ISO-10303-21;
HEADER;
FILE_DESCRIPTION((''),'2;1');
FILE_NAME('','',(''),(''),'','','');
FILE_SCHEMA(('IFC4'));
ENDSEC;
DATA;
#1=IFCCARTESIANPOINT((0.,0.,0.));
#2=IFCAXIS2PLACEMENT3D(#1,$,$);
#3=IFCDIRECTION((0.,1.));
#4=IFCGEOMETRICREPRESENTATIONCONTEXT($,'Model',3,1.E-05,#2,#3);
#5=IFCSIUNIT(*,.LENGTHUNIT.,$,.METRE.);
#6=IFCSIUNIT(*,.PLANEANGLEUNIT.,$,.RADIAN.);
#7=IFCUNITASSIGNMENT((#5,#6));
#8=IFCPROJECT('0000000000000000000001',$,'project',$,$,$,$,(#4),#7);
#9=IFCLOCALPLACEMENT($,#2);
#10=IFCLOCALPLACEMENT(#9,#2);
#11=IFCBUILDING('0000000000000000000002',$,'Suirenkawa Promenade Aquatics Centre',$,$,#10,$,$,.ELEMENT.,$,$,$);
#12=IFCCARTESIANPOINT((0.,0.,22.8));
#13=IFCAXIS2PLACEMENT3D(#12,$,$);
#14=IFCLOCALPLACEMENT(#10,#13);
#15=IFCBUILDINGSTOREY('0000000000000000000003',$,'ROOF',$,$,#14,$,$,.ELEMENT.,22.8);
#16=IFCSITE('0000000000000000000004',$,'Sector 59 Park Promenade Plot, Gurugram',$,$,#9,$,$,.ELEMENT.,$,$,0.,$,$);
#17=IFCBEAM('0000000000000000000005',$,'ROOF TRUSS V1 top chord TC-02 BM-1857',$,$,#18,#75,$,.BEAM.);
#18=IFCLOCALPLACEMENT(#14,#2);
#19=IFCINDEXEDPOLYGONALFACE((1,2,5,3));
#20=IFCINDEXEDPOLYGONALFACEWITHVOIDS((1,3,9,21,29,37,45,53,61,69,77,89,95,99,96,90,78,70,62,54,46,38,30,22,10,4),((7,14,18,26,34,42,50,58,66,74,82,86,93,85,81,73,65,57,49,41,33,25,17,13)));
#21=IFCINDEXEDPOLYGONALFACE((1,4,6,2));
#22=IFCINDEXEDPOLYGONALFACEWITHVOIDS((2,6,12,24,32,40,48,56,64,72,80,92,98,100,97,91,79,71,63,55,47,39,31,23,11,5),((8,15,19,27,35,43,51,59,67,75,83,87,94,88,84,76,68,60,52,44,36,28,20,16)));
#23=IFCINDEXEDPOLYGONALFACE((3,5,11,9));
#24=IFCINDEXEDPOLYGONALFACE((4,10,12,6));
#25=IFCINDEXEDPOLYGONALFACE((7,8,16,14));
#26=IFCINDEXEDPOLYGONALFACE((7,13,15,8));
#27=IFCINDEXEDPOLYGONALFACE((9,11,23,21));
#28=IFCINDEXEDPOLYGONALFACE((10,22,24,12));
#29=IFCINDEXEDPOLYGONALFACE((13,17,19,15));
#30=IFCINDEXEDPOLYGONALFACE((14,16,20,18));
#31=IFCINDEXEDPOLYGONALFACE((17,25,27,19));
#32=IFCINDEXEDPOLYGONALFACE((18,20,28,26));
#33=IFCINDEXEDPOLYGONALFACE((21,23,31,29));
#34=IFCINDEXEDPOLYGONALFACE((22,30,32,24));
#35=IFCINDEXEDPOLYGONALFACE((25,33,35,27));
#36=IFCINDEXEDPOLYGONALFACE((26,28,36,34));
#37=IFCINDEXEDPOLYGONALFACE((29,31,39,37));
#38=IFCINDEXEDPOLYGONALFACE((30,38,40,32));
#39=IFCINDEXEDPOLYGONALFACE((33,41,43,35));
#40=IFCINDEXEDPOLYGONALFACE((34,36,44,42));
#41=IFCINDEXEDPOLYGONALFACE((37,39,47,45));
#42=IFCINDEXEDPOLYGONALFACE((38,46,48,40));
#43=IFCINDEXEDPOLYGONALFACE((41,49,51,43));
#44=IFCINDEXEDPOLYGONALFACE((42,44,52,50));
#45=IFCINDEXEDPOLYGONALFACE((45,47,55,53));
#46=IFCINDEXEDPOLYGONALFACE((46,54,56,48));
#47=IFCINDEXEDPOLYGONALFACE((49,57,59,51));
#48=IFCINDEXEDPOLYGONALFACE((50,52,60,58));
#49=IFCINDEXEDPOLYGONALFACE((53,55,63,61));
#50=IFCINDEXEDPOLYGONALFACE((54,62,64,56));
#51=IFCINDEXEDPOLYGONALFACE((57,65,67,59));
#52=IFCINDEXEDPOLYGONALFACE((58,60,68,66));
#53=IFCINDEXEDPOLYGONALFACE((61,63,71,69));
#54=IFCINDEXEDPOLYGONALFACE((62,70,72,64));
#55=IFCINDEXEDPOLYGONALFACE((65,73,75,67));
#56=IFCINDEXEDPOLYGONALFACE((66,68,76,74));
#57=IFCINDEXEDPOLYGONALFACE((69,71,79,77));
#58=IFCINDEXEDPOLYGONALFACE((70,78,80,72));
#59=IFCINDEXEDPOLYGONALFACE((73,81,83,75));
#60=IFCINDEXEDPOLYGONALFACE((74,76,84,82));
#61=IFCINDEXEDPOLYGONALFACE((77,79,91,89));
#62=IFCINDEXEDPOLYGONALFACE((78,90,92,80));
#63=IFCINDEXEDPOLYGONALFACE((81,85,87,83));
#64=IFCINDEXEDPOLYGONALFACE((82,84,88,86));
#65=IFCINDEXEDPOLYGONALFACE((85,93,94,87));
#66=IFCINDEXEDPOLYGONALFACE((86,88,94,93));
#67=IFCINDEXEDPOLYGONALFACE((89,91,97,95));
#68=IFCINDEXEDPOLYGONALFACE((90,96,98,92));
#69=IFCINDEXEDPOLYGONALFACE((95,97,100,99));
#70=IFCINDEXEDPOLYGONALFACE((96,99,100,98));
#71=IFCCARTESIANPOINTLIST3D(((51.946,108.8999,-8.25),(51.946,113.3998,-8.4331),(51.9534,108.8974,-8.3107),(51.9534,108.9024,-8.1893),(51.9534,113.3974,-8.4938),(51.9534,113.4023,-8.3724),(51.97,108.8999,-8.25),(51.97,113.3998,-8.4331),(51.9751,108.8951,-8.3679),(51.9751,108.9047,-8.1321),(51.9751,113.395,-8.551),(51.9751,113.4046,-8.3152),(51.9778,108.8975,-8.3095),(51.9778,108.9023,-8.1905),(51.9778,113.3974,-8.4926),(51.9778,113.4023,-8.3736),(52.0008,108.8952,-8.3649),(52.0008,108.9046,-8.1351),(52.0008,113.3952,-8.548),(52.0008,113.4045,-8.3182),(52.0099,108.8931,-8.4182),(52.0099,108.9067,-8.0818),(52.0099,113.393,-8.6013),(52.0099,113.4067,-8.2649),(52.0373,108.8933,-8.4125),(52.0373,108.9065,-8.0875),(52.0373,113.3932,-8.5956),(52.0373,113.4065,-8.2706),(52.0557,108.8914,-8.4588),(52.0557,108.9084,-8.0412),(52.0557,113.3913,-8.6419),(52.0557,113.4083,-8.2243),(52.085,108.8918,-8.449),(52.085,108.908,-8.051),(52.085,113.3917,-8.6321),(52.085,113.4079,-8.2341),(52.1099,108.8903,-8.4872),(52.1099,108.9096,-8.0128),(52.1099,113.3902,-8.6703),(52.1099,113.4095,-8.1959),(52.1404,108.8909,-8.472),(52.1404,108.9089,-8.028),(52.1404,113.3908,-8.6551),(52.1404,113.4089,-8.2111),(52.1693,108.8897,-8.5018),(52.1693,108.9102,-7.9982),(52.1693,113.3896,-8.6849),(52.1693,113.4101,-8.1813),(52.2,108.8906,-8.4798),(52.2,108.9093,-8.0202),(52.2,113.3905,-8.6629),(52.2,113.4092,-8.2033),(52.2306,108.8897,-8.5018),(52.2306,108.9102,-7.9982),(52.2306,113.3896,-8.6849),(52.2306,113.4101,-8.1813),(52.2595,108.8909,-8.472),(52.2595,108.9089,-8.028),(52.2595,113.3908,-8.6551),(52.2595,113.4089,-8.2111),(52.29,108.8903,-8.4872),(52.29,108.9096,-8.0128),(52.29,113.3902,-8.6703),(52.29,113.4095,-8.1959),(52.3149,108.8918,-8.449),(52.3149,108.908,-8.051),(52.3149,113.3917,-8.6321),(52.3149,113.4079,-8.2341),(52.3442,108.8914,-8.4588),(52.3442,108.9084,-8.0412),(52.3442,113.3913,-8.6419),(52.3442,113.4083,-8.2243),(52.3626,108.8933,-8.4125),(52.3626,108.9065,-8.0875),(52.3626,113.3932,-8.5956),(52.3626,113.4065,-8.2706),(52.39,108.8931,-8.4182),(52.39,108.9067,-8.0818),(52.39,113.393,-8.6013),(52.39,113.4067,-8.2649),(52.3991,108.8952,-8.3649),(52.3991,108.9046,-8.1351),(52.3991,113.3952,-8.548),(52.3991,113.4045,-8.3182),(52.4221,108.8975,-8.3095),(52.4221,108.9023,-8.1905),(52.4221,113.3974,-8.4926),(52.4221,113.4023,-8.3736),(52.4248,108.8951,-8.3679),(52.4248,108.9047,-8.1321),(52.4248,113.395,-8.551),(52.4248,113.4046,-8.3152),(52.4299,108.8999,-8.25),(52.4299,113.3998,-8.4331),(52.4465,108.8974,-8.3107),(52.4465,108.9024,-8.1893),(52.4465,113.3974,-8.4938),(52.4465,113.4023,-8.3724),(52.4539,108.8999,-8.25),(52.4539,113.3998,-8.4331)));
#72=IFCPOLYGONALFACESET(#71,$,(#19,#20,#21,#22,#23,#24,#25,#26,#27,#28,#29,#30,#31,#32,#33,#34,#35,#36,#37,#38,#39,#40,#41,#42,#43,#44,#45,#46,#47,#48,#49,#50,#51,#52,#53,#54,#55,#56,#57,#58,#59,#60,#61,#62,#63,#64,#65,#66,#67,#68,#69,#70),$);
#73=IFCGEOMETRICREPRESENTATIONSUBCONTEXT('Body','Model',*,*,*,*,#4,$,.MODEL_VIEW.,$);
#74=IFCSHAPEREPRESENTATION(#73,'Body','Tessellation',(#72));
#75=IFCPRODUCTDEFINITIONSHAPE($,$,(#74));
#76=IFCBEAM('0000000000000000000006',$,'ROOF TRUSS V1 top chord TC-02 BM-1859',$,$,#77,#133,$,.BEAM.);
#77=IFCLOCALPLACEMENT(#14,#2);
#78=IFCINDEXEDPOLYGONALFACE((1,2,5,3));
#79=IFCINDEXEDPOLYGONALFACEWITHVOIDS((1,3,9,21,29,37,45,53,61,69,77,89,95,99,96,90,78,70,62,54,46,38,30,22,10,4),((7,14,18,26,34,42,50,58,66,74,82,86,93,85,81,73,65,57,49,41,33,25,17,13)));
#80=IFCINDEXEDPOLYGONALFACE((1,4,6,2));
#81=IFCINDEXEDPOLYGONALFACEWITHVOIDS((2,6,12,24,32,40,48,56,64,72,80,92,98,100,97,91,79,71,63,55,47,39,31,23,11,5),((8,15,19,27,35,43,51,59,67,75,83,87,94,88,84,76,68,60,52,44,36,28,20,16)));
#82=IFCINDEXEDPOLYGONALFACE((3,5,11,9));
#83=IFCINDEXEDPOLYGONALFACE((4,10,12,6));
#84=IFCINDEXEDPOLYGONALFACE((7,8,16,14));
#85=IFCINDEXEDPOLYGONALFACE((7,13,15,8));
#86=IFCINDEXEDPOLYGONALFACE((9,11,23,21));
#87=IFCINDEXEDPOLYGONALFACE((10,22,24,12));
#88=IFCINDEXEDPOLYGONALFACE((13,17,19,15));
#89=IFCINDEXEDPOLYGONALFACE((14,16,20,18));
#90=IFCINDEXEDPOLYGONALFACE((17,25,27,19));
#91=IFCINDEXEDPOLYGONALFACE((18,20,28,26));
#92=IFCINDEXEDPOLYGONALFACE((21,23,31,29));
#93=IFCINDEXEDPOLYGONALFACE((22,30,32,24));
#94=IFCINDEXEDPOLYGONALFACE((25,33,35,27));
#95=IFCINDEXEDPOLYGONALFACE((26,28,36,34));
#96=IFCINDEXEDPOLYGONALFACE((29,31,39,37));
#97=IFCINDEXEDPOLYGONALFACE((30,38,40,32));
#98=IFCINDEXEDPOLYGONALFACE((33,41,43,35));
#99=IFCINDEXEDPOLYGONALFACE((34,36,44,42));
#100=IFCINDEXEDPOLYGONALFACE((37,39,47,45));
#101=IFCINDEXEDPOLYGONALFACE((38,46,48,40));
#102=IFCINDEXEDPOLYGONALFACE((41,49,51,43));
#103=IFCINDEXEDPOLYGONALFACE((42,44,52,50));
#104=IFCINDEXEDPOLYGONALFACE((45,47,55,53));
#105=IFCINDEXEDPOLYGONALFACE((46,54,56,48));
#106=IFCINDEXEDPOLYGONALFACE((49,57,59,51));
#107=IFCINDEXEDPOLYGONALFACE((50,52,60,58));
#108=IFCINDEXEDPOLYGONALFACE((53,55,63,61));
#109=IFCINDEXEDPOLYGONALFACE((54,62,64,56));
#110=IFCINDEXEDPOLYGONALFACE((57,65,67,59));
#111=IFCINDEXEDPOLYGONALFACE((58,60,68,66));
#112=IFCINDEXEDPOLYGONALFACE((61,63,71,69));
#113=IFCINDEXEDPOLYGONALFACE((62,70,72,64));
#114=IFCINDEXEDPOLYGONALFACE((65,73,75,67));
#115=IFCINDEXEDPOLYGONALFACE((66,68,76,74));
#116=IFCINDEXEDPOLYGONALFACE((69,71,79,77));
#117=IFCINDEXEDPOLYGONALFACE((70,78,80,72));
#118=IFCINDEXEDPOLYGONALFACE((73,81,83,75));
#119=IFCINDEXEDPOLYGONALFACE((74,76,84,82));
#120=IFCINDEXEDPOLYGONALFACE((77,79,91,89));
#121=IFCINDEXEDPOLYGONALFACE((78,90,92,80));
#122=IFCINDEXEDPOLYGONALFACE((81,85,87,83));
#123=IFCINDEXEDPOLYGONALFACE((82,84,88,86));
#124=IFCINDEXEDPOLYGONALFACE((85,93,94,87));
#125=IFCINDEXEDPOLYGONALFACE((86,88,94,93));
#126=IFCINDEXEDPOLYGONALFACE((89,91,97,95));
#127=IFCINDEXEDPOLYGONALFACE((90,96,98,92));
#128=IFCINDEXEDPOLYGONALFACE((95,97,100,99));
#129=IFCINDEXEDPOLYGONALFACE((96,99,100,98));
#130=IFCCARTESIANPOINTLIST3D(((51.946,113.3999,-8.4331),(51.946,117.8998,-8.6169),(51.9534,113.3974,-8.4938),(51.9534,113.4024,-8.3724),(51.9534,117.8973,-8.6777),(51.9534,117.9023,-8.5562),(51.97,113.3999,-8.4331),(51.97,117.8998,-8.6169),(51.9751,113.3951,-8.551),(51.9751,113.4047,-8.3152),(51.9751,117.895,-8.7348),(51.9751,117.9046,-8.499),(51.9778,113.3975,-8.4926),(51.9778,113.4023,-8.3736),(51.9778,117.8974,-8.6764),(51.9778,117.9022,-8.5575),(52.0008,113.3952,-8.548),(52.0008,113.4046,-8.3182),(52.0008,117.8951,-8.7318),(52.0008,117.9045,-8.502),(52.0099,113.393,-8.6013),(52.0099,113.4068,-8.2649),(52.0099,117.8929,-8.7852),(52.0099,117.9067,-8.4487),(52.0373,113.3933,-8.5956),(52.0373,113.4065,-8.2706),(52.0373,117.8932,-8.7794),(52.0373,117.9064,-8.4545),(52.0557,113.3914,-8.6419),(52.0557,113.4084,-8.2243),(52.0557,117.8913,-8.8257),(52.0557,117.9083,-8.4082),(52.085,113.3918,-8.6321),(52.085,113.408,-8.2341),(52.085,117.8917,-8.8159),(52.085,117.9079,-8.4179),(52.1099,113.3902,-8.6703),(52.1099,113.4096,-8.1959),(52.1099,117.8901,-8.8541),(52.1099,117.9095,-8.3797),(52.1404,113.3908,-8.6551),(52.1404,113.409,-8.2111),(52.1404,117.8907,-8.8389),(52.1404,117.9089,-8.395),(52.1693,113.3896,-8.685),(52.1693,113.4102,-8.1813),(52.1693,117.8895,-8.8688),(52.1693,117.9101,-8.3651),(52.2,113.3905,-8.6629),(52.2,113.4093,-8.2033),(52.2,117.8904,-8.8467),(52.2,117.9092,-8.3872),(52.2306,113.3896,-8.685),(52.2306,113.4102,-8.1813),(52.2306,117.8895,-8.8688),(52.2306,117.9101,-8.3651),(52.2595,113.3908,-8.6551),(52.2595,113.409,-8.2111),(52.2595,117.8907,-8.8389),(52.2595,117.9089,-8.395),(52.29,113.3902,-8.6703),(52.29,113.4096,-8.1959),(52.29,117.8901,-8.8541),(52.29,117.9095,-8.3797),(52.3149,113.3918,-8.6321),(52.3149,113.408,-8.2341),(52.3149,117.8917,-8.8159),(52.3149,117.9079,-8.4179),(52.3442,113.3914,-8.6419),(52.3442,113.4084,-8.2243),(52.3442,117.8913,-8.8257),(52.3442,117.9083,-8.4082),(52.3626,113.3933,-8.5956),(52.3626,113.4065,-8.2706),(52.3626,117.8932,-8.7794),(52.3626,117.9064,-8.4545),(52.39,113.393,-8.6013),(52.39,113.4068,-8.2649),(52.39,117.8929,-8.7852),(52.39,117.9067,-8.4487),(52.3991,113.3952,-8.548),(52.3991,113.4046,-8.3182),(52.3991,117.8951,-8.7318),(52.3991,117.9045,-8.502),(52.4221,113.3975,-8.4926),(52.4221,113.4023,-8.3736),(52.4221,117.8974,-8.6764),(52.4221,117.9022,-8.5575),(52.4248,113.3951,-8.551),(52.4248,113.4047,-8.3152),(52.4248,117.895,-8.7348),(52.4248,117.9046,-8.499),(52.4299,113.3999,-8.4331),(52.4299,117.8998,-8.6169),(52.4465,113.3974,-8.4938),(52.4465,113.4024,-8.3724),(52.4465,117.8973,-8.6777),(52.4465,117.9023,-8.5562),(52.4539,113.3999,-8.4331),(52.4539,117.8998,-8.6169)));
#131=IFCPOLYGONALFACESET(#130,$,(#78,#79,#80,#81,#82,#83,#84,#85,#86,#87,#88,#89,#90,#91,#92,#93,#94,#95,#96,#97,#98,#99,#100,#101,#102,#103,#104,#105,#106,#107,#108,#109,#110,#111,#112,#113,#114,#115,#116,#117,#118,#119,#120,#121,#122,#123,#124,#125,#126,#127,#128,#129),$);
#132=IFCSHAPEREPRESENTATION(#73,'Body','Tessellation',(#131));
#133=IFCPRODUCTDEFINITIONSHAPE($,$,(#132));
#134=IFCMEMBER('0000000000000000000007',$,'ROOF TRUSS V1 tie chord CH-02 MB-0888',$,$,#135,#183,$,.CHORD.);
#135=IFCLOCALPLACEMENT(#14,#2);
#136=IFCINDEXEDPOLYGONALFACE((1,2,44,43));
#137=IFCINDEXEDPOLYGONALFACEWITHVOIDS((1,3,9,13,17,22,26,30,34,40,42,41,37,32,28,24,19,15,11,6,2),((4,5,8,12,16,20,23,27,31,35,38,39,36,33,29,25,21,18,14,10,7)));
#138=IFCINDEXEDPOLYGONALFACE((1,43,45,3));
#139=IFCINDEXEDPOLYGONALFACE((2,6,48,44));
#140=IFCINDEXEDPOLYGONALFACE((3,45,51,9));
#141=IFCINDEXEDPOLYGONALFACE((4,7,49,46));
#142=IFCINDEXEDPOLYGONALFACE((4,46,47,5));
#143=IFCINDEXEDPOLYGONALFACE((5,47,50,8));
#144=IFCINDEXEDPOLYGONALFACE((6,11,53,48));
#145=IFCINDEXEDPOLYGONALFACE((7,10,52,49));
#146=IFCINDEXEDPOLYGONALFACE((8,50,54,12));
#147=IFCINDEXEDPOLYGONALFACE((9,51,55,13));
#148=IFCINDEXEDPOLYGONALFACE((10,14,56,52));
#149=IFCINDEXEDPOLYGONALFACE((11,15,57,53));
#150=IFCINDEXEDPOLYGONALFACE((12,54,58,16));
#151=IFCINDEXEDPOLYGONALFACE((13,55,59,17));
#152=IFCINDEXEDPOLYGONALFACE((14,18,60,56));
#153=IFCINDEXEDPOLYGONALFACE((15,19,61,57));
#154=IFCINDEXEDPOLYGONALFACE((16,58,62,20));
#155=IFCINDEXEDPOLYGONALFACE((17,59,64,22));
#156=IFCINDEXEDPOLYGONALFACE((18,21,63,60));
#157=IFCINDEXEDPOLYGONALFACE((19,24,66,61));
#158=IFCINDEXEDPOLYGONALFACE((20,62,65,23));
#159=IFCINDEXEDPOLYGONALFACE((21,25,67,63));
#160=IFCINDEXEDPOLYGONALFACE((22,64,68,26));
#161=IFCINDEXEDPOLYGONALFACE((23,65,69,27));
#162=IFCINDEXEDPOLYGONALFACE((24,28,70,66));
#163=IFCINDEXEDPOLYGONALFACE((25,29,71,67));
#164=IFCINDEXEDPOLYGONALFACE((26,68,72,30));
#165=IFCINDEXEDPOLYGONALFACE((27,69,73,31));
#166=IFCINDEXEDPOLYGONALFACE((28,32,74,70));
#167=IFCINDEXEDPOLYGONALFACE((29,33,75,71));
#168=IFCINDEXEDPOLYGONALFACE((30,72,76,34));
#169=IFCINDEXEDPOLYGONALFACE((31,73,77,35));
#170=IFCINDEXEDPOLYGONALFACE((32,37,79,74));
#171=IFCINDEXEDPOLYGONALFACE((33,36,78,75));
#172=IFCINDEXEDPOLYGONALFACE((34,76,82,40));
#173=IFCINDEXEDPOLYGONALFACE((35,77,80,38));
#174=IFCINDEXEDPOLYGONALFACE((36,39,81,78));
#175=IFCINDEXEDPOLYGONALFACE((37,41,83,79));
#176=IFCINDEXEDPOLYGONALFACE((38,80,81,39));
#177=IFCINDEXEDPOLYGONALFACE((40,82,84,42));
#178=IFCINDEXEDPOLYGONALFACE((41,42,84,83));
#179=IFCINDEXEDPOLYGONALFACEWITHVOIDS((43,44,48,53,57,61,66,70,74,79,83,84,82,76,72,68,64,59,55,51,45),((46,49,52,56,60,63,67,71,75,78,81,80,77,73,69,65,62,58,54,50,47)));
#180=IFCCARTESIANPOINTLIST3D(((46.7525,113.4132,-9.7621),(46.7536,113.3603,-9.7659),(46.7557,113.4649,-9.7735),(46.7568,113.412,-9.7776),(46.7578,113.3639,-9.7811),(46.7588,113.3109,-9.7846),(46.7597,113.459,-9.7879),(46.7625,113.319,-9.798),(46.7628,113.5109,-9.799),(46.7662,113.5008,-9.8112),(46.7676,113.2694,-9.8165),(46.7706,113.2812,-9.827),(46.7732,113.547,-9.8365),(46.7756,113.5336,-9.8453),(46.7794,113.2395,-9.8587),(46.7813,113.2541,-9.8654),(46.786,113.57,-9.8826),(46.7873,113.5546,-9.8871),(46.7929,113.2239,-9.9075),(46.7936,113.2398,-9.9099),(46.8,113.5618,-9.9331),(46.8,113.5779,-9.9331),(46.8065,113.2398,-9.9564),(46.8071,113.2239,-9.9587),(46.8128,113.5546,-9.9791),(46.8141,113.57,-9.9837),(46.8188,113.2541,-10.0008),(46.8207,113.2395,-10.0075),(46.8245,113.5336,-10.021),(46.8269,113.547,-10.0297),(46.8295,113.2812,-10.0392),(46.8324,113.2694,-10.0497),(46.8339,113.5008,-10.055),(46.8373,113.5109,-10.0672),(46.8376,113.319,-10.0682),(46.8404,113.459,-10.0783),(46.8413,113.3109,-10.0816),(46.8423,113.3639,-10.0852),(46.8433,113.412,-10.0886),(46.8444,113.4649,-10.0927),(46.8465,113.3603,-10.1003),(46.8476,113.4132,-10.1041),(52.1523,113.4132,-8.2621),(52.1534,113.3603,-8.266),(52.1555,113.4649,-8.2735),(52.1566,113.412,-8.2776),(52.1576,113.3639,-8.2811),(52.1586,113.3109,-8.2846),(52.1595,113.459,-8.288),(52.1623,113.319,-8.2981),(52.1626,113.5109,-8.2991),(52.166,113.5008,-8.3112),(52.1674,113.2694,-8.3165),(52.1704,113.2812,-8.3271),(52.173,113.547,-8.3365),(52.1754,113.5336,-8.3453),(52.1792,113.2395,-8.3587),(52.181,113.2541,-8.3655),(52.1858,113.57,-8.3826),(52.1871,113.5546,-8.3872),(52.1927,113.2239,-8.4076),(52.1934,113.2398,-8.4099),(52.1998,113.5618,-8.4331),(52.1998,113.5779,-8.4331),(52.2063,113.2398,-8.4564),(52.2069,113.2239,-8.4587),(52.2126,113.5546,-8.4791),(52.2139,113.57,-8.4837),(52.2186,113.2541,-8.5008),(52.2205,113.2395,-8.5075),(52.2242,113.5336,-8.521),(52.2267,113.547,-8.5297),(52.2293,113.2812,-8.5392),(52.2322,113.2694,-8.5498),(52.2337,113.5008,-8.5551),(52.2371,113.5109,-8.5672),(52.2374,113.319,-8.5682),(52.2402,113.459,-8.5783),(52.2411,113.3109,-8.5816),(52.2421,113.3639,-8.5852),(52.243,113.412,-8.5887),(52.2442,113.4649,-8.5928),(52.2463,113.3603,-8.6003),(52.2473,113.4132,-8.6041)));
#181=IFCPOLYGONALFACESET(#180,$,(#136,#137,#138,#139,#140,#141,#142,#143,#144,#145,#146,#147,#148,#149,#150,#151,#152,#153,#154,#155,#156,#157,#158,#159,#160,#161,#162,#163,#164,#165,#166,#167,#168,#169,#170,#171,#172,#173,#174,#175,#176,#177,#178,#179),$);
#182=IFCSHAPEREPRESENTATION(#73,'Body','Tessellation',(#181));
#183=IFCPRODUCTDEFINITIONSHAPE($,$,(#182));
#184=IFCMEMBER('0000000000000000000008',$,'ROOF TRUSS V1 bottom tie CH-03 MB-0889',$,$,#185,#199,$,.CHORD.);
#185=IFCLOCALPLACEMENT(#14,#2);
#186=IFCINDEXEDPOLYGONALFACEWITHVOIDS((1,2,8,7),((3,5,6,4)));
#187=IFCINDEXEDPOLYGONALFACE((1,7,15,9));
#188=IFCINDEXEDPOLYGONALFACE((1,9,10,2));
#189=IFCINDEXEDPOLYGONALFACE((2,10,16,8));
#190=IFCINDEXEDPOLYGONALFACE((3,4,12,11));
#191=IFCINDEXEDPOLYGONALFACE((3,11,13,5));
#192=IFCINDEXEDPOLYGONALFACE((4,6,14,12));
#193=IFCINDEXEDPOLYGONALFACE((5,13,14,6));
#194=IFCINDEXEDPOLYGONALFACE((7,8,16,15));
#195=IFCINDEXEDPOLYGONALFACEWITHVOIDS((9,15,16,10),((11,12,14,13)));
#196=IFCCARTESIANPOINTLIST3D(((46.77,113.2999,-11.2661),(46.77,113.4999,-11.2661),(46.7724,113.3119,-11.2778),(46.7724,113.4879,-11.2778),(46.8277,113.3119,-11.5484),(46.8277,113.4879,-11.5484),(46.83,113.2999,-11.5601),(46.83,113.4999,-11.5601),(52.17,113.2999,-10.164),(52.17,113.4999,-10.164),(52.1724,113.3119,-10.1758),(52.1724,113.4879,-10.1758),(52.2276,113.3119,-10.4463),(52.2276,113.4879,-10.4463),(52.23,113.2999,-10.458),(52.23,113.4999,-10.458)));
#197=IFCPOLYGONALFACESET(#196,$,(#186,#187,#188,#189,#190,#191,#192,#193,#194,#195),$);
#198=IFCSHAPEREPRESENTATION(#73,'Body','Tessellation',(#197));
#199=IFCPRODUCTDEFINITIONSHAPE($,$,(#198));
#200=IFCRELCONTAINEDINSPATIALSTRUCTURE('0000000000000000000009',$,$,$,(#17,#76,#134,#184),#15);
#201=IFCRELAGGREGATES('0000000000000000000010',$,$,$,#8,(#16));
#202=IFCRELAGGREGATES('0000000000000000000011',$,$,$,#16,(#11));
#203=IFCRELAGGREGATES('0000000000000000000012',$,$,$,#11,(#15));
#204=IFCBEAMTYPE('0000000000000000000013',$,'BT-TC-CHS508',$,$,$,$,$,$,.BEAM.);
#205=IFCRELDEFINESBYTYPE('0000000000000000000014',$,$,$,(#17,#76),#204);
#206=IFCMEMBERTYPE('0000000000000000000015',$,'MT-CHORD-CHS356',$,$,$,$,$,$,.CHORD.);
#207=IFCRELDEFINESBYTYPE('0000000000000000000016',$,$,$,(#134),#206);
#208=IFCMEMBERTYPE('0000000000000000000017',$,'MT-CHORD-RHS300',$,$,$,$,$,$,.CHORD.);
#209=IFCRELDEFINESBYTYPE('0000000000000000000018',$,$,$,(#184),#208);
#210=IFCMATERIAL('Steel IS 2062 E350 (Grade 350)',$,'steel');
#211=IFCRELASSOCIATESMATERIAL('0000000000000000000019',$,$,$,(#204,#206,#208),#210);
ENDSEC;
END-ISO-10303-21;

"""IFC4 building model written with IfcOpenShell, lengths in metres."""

from ifc_helpers import new_model, si_unit, direction, frame, origin, origin_2d, place, context, subcontext, project, spatial, hollow_rectangle, hollow_circle, extrude, material, material_profile, profile_set, type_object, element, save


model = new_model("IFC4")

# Units and contexts
model_context = context("Model", 3, precision=1e-05, world=origin(), true_north=direction((0.0, 1.0)))
body_context = subcontext(model_context, "Body", "Model", "MODEL_VIEW")
ifc_project = project(units=[si_unit("LENGTHUNIT", "METRE"), si_unit("PLANEANGLEUNIT", "RADIAN")], contexts=[model_context])

# Site, building, storey
site_placement = place(None, origin())
site = spatial("IfcSite", under=ifc_project, at=site_placement, Name="Sector 59 Park Promenade Plot, Gurugram", CompositionType="ELEMENT", RefElevation=0.0)
building_placement = place(site_placement, origin())
building = spatial("IfcBuilding", under=site, at=building_placement, Name="Suirenkawa Promenade Aquatics Centre", CompositionType="ELEMENT")
storey_placement = place(building_placement, frame((0.0, 0.0, 22.8)))
storey = spatial("IfcBuildingStorey", under=building, at=storey_placement, Name="ROOF", CompositionType="ELEMENT", Elevation=22.8)

# Beams
ifc_material = material(Name="Steel IS 2062 E350 (Grade 350)", Category="steel")
ifc_material_profile_1 = material_profile(ifc_material, hollow_circle(Radius=0.2539, WallThickness=0.0239, at=origin_2d()), Name="CHS 508x24", Category="steel")
ifc_profile_set_1 = profile_set([ifc_material_profile_1], Name="Steel IS 2062 E350 (Grade 350)")
beam_type_1 = type_object("IfcBeamType", Name="BT-TC-CHS508", PredefinedType="BEAM", material=ifc_profile_set_1)
for number, where, z_axis, x_axis, name in (
    (1, (52.2, 108.8999, -8.25), (0.0, 0.999173, -0.040656), (-1.0, 0.0, 0.0), "ROOF TRUSS V1 top chord TC-02 BM-1857"),
    (2, (52.2, 113.3999, -8.4331), (0.0, 0.999167, -0.040819), (-1.0, 0.0, 0.0), "ROOF TRUSS V1 top chord TC-02 BM-1859"),
):
    element("IfcBeam", number, at=place(storey_placement, frame(where, z_axis=z_axis, x_axis=x_axis)), inside=storey, type_object=beam_type_1, Name=name, PredefinedType="BEAM", context=body_context, shape_type="SweptSolid", body=[
        extrude(hollow_circle(Radius=0.2539, WallThickness=0.0239, at=origin_2d()), origin(), (0.0, 0.0, 1.0), 4.5037),
    ])

# Members
ifc_material_profile_2 = material_profile(ifc_material, hollow_circle(Radius=0.178, WallThickness=0.0161, at=origin_2d()), Name="CHS 356x16", Category="steel")
ifc_profile_set_2 = profile_set([ifc_material_profile_2], Name="Steel IS 2062 E350 (Grade 350)")
member_type_1 = type_object("IfcMemberType", Name="MT-CHORD-CHS356", PredefinedType="CHORD", material=ifc_profile_set_2)
member_1_placement = place(storey_placement, frame((46.8, 113.3999, -9.9331), z_axis=(0.963517, 0.0, 0.267648), x_axis=(0.0, 1.0, 0.0)))
element("IfcMember", 3, at=member_1_placement, inside=storey, type_object=member_type_1, Name="ROOF TRUSS V1 tie chord CH-02 MB-0888", PredefinedType="CHORD", context=body_context, shape_type="SweptSolid", body=[
    extrude(hollow_circle(Radius=0.178, WallThickness=0.0161, at=origin_2d()), origin(), (0.0, 0.0, 1.0), 5.6042),
])
ifc_material_profile_3 = material_profile(ifc_material, hollow_rectangle(XDim=0.2, YDim=0.3, WallThickness=0.012, at=origin_2d()), Name="RHS 300x200x12", Category="steel")
ifc_profile_set_3 = profile_set([ifc_material_profile_3], Name="Steel IS 2062 E350 (Grade 350)")
member_type_2 = type_object("IfcMemberType", Name="MT-CHORD-RHS300", PredefinedType="CHORD", material=ifc_profile_set_3)
member_2_placement = place(storey_placement, frame((46.8, 113.3999, -11.4131), z_axis=(0.979803, 0.0, 0.199965), x_axis=(0.0, 1.0, 0.0)))
element("IfcMember", 4, at=member_2_placement, inside=storey, type_object=member_type_2, Name="ROOF TRUSS V1 bottom tie CH-03 MB-0889", PredefinedType="CHORD", context=body_context, shape_type="SweptSolid", body=[
    extrude(hollow_rectangle(XDim=0.2, YDim=0.3, WallThickness=0.012, at=origin_2d()), origin(), (0.0, 0.0, 1.0), 5.5112),
])

save(model, "model.ifc")
